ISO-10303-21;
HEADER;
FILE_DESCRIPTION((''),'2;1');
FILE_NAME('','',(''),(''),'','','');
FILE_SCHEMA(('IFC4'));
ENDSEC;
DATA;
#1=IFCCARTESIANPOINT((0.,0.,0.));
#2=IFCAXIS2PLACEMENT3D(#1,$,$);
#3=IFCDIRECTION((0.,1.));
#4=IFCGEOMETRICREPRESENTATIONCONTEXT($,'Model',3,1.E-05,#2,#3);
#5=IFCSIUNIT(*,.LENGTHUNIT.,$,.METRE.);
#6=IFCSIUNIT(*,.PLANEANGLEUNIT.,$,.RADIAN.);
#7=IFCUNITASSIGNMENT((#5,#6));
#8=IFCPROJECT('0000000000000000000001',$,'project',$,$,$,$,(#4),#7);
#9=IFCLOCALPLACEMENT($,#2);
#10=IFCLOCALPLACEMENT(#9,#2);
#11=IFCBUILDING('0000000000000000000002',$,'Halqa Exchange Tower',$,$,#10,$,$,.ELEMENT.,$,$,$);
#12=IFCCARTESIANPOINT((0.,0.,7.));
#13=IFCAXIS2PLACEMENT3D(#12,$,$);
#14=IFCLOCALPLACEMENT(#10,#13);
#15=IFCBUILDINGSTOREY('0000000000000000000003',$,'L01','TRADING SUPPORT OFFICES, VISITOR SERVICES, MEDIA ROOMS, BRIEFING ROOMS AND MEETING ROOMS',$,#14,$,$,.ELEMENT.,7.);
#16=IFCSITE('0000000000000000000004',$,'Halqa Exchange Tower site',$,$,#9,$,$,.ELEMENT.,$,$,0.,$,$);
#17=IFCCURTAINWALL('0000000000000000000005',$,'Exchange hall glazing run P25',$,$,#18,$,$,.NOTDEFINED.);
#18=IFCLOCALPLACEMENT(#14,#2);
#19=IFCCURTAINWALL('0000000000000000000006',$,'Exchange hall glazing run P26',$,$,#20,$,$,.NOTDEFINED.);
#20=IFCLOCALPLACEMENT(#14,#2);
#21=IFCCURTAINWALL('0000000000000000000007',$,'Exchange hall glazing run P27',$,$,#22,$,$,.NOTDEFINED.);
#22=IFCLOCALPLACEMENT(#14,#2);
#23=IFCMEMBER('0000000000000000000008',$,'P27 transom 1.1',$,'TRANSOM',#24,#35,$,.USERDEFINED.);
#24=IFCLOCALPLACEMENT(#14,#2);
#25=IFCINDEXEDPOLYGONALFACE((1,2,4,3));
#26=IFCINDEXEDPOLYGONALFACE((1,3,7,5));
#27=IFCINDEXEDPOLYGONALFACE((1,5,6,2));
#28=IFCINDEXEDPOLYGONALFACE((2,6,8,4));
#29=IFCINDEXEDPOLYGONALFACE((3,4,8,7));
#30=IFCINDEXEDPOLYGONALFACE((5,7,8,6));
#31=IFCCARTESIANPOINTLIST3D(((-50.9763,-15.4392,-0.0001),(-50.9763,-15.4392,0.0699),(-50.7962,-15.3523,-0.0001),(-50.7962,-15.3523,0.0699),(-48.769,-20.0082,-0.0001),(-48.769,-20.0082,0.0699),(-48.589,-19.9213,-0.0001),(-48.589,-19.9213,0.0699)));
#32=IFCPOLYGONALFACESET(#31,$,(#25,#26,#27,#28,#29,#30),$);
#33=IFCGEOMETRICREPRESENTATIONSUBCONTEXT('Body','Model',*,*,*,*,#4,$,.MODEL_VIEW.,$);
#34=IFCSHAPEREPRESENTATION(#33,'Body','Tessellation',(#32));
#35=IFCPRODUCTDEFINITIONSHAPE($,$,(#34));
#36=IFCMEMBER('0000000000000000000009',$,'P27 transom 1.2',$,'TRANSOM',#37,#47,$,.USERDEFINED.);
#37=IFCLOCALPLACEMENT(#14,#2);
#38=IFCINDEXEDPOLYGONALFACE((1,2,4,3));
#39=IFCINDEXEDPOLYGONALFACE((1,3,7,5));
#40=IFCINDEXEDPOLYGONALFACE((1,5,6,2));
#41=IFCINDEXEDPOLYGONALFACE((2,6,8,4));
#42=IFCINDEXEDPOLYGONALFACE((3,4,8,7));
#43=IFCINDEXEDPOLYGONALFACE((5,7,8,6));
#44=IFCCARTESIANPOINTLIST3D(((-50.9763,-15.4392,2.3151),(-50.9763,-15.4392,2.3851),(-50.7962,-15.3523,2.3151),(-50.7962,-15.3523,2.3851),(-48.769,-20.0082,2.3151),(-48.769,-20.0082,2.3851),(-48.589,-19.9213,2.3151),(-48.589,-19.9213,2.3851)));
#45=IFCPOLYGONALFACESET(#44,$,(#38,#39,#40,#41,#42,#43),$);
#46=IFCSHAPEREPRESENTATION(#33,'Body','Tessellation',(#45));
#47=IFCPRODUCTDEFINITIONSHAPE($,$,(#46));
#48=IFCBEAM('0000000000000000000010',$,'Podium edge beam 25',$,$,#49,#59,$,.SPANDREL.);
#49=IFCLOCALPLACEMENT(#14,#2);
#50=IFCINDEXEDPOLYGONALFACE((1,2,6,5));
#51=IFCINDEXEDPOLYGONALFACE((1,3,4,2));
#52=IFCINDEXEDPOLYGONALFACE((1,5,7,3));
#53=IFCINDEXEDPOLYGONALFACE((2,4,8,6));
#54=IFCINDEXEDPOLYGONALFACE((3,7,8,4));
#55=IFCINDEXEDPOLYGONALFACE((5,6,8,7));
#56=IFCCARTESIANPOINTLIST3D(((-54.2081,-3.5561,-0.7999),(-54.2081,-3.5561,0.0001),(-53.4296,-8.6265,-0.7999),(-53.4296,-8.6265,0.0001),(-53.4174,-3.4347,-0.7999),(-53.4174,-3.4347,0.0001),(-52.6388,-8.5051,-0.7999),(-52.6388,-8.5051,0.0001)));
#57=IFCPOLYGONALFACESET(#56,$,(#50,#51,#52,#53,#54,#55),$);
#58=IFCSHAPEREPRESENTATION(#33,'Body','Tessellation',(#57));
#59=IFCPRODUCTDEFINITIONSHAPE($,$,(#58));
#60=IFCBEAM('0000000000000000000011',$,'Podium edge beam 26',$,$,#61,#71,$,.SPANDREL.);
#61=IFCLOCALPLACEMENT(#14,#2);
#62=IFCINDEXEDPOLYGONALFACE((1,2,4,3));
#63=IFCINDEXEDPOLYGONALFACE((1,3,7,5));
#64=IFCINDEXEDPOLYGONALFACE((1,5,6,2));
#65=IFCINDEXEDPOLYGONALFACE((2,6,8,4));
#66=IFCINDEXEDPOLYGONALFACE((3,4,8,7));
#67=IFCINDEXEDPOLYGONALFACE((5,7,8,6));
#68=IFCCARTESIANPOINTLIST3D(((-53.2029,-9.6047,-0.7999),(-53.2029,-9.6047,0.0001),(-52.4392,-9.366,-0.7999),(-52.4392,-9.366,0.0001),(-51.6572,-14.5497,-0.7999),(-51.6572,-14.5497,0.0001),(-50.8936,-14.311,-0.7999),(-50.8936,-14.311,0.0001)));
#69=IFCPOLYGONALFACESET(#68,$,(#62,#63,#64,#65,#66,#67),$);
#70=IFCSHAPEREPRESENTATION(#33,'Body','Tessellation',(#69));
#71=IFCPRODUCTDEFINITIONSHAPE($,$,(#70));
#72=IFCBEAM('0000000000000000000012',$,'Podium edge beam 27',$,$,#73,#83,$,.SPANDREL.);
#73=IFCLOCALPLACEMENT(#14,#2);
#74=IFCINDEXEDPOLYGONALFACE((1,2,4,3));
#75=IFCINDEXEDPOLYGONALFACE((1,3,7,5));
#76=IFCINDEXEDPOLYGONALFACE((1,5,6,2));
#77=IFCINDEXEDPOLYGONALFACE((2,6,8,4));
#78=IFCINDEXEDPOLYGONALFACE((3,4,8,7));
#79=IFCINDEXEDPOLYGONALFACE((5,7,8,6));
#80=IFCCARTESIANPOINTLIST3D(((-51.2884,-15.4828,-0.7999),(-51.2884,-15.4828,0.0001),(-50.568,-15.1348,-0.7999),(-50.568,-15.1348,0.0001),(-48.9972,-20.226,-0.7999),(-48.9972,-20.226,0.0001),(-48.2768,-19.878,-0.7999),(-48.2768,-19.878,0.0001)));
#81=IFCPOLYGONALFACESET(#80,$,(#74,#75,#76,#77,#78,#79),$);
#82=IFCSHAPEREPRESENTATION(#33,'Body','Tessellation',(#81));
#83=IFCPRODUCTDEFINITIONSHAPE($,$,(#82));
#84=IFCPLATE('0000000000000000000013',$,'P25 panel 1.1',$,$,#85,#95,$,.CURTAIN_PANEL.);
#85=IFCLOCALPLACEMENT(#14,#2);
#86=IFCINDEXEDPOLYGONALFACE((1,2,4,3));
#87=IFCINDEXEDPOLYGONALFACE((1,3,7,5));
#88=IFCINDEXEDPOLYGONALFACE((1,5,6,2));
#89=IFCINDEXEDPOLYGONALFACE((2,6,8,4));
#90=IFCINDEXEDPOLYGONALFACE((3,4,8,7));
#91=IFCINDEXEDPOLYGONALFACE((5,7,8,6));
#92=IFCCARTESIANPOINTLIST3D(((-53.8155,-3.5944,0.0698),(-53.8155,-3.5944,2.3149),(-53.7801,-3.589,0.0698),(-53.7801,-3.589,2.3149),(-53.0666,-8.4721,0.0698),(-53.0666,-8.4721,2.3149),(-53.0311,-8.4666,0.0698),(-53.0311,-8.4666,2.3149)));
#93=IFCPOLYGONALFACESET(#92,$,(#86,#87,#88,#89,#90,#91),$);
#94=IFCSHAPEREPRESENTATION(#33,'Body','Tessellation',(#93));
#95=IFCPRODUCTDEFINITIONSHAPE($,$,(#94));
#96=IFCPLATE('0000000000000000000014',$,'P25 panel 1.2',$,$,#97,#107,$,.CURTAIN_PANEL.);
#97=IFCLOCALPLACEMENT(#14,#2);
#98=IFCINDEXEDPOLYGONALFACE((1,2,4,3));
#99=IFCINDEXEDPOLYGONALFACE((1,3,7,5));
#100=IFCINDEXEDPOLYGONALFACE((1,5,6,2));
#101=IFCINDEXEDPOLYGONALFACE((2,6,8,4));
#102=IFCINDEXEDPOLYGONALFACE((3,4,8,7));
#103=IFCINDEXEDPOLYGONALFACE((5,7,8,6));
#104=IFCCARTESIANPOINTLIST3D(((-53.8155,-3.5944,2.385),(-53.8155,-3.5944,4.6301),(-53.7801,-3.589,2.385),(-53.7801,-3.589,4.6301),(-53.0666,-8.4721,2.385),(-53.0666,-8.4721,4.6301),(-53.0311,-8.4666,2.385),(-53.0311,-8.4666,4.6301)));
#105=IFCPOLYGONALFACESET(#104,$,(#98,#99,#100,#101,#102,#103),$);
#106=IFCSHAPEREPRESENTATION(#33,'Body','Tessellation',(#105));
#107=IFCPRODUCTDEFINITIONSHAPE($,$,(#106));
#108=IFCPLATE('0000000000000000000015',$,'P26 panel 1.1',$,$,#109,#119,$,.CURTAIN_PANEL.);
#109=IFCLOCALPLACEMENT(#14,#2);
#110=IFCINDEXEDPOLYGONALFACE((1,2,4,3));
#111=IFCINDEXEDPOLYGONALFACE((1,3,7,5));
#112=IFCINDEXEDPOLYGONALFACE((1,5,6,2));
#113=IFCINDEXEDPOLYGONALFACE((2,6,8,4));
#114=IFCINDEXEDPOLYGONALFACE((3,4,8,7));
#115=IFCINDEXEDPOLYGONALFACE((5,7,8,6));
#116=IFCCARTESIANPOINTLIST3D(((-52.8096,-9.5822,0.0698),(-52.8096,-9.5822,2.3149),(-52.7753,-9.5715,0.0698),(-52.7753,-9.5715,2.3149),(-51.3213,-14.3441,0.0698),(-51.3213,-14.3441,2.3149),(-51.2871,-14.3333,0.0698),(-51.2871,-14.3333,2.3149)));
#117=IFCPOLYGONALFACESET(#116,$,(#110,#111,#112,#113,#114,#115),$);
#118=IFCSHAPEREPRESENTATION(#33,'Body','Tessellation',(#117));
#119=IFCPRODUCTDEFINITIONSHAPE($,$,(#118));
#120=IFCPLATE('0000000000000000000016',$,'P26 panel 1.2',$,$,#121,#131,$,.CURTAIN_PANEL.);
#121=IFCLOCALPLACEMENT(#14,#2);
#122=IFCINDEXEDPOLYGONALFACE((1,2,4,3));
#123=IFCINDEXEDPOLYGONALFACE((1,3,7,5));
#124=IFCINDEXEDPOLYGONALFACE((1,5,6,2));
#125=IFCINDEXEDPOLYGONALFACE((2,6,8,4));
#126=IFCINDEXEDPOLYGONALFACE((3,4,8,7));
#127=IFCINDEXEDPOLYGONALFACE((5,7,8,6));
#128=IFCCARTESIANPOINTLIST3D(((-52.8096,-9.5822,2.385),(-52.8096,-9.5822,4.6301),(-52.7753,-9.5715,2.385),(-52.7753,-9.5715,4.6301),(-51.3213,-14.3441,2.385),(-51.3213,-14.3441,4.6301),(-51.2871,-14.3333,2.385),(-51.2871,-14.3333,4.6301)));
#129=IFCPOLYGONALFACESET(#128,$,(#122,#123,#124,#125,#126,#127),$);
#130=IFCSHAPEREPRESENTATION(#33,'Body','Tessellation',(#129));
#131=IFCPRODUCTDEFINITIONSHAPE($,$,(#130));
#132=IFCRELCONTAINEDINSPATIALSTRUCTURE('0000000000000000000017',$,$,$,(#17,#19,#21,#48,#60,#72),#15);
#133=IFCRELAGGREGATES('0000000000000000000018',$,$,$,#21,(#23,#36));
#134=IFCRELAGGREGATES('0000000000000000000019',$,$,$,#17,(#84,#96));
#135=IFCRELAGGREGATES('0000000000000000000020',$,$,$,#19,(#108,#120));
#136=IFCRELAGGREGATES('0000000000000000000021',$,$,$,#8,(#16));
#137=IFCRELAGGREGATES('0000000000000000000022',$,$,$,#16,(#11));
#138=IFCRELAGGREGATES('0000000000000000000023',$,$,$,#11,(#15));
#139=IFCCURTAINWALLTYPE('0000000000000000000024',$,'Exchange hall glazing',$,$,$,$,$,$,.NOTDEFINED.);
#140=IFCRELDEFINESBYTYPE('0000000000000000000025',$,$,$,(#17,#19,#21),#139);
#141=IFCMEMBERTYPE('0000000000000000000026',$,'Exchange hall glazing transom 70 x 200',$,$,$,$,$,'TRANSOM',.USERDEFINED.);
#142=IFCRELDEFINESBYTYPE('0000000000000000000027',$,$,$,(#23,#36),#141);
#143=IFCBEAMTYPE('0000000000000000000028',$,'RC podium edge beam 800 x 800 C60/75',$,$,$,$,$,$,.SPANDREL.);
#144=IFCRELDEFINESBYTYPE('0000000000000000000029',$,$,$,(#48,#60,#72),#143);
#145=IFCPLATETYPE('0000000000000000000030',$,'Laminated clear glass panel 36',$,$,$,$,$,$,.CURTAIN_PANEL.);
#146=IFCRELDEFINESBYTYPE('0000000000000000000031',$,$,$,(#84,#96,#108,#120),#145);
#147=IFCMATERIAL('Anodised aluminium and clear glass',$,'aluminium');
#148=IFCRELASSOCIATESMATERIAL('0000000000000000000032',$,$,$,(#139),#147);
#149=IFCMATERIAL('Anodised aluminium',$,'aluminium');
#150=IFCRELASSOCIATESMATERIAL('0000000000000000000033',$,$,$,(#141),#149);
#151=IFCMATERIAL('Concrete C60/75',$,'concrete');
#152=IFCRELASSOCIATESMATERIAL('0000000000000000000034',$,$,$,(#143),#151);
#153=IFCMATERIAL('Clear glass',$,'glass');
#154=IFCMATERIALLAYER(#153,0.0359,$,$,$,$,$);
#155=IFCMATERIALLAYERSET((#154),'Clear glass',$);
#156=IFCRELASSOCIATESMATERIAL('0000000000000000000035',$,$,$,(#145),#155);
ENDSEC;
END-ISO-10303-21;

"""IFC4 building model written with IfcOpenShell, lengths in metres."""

from ifc_helpers import new_model, si_unit, direction, frame, origin, origin_2d, place, context, subcontext, project, spatial, rectangle, extrude, material, layer, layer_set, material_profile, profile_set, type_object, element, aggregate, save


model = new_model("IFC4")

# Units and contexts
model_context = context("Model", 3, precision=1e-05, world=origin(), true_north=direction((0.0, 1.0)))
body_context = subcontext(model_context, "Body", "Model", "MODEL_VIEW")
ifc_project = project(units=[si_unit("LENGTHUNIT", "METRE"), si_unit("PLANEANGLEUNIT", "RADIAN")], contexts=[model_context])

# Site, building, storey
site_placement = place(None, origin())
site = spatial("IfcSite", under=ifc_project, at=site_placement, Name="Halqa Exchange Tower site", CompositionType="ELEMENT", RefElevation=0.0)
building_placement = place(site_placement, origin())
building = spatial("IfcBuilding", under=site, at=building_placement, Name="Halqa Exchange Tower", CompositionType="ELEMENT")
storey_placement = place(building_placement, frame((0.0, 0.0, 7.0)))
storey = spatial("IfcBuildingStorey", under=building, at=storey_placement, Name="L01", Description="TRADING SUPPORT OFFICES, VISITOR SERVICES, MEDIA ROOMS, BRIEFING ROOMS AND MEETING ROOMS", CompositionType="ELEMENT", Elevation=7.0)

# Shared definitions
ifc_material_1 = material(Name="Concrete C60/75", Category="concrete")

# Shared definitions
ifc_material_2 = material(Name="Anodised aluminium and clear glass", Category="aluminium")
curtain_wall_type = type_object("IfcCurtainWallType", Name="Exchange hall glazing", PredefinedType="NOTDEFINED", material=ifc_material_2)
ifc_material_3 = material(Name="Anodised aluminium", Category="aluminium")

# Curtain walls
curtain_wall_1_placement = place(storey_placement, origin())
curtain_wall_1 = element("IfcCurtainWall", 1, at=curtain_wall_1_placement, inside=storey, type_object=curtain_wall_type, Name="Exchange hall glazing run P25", PredefinedType="NOTDEFINED")
curtain_wall_2_placement = place(storey_placement, origin())
curtain_wall_2 = element("IfcCurtainWall", 2, at=curtain_wall_2_placement, inside=storey, type_object=curtain_wall_type, Name="Exchange hall glazing run P26", PredefinedType="NOTDEFINED")

# Curtain wall
curtain_wall_3_placement = place(storey_placement, origin())
curtain_wall_3 = element("IfcCurtainWall", 3, at=curtain_wall_3_placement, inside=storey, type_object=curtain_wall_type, Name="Exchange hall glazing run P27", PredefinedType="NOTDEFINED")

# Members
ifc_material_profile_1 = material_profile(ifc_material_3, rectangle(XDim=0.2, YDim=0.0701, at=origin_2d()), Name="AL 70x200")
ifc_profile_set_1 = profile_set([ifc_material_profile_1], Name="Anodised aluminium")
member_type_1 = type_object("IfcMemberType", Name="Exchange hall glazing transom 70 x 200", ElementType="TRANSOM", PredefinedType="USERDEFINED", material=ifc_profile_set_1)
member_1_placement = place(storey_placement, frame((-50.8862, -15.3958, 0.0349), z_axis=(0.43499, -0.900435, 0.0), x_axis=(0.900435, 0.43499, 0.0)))
member_1 = element("IfcMember", 4, at=member_1_placement, type_object=member_type_1, Name="P27 transom 1.1", ObjectType="TRANSOM", PredefinedType="USERDEFINED", context=body_context, shape_type="SweptSolid", body=[
    extrude(rectangle(XDim=0.2, YDim=0.0701, at=origin_2d()), origin(), (0.0, 0.0, 1.0), 5.0742),
])
member_2_placement = place(storey_placement, frame((-50.8862, -15.3958, 2.3501), z_axis=(0.43499, -0.900435, 0.0), x_axis=(0.900435, 0.43499, 0.0)))
member_2 = element("IfcMember", 5, at=member_2_placement, type_object=member_type_1, Name="P27 transom 1.2", ObjectType="TRANSOM", PredefinedType="USERDEFINED", context=body_context, shape_type="SweptSolid", body=[
    extrude(rectangle(XDim=0.2, YDim=0.0701, at=origin_2d()), origin(), (0.0, 0.0, 1.0), 5.0742),
])
aggregate(curtain_wall_3, [member_1, member_2])

# Beams
ifc_material_profile_2 = material_profile(ifc_material_1, rectangle(XDim=0.8, YDim=0.8, at=origin_2d()), Name="800 x 800")
ifc_profile_set_2 = profile_set([ifc_material_profile_2], Name="Concrete C60/75")
beam_type = type_object("IfcBeamType", Name="RC podium edge beam 800 x 800 C60/75", PredefinedType="SPANDREL", material=ifc_profile_set_2)
beam_1_placement = place(storey_placement, frame((-53.8127, -3.4954, -0.3999), z_axis=(0.151768, -0.988416, 0.0), x_axis=(0.988416, 0.151768, 0.0)))
element("IfcBeam", 6, at=beam_1_placement, inside=storey, type_object=beam_type, Name="Podium edge beam 25", PredefinedType="SPANDREL", context=body_context, shape_type="SweptSolid", body=[
    extrude(rectangle(XDim=0.8, YDim=0.8, at=origin_2d()), origin(), (0.0, 0.0, 1.0), 5.1299),
])
beam_2_placement = place(storey_placement, frame((-52.821, -9.4854, -0.3999), z_axis=(0.298331, -0.954462, 0.0), x_axis=(0.954462, 0.298331, 0.0)))
element("IfcBeam", 7, at=beam_2_placement, inside=storey, type_object=beam_type, Name="Podium edge beam 26", PredefinedType="SPANDREL", context=body_context, shape_type="SweptSolid", body=[
    extrude(rectangle(XDim=0.8, YDim=0.8, at=origin_2d()), origin(), (0.0, 0.0, 1.0), 5.1809),
])
beam_3_placement = place(storey_placement, frame((-50.9282, -15.3088, -0.3999), z_axis=(0.434973, -0.900443, 0.0), x_axis=(0.900443, 0.434973, 0.0)))
element("IfcBeam", 8, at=beam_3_placement, inside=storey, type_object=beam_type, Name="Podium edge beam 27", PredefinedType="SPANDREL", context=body_context, shape_type="SweptSolid", body=[
    extrude(rectangle(XDim=0.8, YDim=0.8, at=origin_2d()), origin(), (0.0, 0.0, 1.0), 5.2676),
])

# Plates
ifc_material_4 = material(Name="Clear glass", Category="glass")
ifc_layer = layer(ifc_material_4, 0.0359)
ifc_layer_set = layer_set([ifc_layer], Name="Clear glass")
plate_type = type_object("IfcPlateType", Name="Laminated clear glass panel 36", PredefinedType="CURTAIN_PANEL", material=ifc_layer_set)
plate_1_placement = place(storey_placement, frame((-53.4233, -6.0305, 0.0698), z_axis=(0.0, 0.0, 1.0), x_axis=(0.151767, -0.988416, 0.0)))
plate_1 = element("IfcPlate", 9, at=plate_1_placement, type_object=plate_type, Name="P25 panel 1.1", PredefinedType="CURTAIN_PANEL", context=body_context, shape_type="SweptSolid", body=[
    extrude(rectangle(XDim=4.9348, YDim=0.0359, at=origin_2d()), origin(), (0.0, 0.0, 1.0), 2.2451),
])
plate_2_placement = place(storey_placement, frame((-53.4233, -6.0305, 2.385), z_axis=(0.0, 0.0, 1.0), x_axis=(0.151767, -0.988416, 0.0)))
plate_2 = element("IfcPlate", 10, at=plate_2_placement, type_object=plate_type, Name="P25 panel 1.2", PredefinedType="CURTAIN_PANEL", context=body_context, shape_type="SweptSolid", body=[
    extrude(rectangle(XDim=4.9348, YDim=0.0359, at=origin_2d()), origin(), (0.0, 0.0, 1.0), 2.2451),
])
aggregate(curtain_wall_1, [plate_1, plate_2])
plate_3_placement = place(storey_placement, frame((-52.0483, -11.9578, 0.0698), z_axis=(0.0, 0.0, 1.0), x_axis=(0.298303, -0.954471, 0.0)))
plate_3 = element("IfcPlate", 11, at=plate_3_placement, type_object=plate_type, Name="P26 panel 1.1", PredefinedType="CURTAIN_PANEL", context=body_context, shape_type="SweptSolid", body=[
    extrude(rectangle(XDim=4.989, YDim=0.0359, at=origin_2d()), origin(), (0.0, 0.0, 1.0), 2.2451),
])
plate_4_placement = place(storey_placement, frame((-52.0483, -11.9578, 2.385), z_axis=(0.0, 0.0, 1.0), x_axis=(0.298303, -0.954471, 0.0)))
plate_4 = element("IfcPlate", 12, at=plate_4_placement, type_object=plate_type, Name="P26 panel 1.2", PredefinedType="CURTAIN_PANEL", context=body_context, shape_type="SweptSolid", body=[
    extrude(rectangle(XDim=4.989, YDim=0.0359, at=origin_2d()), origin(), (0.0, 0.0, 1.0), 2.2451),
])
aggregate(curtain_wall_2, [plate_3, plate_4])

save(model, "model.ifc")
